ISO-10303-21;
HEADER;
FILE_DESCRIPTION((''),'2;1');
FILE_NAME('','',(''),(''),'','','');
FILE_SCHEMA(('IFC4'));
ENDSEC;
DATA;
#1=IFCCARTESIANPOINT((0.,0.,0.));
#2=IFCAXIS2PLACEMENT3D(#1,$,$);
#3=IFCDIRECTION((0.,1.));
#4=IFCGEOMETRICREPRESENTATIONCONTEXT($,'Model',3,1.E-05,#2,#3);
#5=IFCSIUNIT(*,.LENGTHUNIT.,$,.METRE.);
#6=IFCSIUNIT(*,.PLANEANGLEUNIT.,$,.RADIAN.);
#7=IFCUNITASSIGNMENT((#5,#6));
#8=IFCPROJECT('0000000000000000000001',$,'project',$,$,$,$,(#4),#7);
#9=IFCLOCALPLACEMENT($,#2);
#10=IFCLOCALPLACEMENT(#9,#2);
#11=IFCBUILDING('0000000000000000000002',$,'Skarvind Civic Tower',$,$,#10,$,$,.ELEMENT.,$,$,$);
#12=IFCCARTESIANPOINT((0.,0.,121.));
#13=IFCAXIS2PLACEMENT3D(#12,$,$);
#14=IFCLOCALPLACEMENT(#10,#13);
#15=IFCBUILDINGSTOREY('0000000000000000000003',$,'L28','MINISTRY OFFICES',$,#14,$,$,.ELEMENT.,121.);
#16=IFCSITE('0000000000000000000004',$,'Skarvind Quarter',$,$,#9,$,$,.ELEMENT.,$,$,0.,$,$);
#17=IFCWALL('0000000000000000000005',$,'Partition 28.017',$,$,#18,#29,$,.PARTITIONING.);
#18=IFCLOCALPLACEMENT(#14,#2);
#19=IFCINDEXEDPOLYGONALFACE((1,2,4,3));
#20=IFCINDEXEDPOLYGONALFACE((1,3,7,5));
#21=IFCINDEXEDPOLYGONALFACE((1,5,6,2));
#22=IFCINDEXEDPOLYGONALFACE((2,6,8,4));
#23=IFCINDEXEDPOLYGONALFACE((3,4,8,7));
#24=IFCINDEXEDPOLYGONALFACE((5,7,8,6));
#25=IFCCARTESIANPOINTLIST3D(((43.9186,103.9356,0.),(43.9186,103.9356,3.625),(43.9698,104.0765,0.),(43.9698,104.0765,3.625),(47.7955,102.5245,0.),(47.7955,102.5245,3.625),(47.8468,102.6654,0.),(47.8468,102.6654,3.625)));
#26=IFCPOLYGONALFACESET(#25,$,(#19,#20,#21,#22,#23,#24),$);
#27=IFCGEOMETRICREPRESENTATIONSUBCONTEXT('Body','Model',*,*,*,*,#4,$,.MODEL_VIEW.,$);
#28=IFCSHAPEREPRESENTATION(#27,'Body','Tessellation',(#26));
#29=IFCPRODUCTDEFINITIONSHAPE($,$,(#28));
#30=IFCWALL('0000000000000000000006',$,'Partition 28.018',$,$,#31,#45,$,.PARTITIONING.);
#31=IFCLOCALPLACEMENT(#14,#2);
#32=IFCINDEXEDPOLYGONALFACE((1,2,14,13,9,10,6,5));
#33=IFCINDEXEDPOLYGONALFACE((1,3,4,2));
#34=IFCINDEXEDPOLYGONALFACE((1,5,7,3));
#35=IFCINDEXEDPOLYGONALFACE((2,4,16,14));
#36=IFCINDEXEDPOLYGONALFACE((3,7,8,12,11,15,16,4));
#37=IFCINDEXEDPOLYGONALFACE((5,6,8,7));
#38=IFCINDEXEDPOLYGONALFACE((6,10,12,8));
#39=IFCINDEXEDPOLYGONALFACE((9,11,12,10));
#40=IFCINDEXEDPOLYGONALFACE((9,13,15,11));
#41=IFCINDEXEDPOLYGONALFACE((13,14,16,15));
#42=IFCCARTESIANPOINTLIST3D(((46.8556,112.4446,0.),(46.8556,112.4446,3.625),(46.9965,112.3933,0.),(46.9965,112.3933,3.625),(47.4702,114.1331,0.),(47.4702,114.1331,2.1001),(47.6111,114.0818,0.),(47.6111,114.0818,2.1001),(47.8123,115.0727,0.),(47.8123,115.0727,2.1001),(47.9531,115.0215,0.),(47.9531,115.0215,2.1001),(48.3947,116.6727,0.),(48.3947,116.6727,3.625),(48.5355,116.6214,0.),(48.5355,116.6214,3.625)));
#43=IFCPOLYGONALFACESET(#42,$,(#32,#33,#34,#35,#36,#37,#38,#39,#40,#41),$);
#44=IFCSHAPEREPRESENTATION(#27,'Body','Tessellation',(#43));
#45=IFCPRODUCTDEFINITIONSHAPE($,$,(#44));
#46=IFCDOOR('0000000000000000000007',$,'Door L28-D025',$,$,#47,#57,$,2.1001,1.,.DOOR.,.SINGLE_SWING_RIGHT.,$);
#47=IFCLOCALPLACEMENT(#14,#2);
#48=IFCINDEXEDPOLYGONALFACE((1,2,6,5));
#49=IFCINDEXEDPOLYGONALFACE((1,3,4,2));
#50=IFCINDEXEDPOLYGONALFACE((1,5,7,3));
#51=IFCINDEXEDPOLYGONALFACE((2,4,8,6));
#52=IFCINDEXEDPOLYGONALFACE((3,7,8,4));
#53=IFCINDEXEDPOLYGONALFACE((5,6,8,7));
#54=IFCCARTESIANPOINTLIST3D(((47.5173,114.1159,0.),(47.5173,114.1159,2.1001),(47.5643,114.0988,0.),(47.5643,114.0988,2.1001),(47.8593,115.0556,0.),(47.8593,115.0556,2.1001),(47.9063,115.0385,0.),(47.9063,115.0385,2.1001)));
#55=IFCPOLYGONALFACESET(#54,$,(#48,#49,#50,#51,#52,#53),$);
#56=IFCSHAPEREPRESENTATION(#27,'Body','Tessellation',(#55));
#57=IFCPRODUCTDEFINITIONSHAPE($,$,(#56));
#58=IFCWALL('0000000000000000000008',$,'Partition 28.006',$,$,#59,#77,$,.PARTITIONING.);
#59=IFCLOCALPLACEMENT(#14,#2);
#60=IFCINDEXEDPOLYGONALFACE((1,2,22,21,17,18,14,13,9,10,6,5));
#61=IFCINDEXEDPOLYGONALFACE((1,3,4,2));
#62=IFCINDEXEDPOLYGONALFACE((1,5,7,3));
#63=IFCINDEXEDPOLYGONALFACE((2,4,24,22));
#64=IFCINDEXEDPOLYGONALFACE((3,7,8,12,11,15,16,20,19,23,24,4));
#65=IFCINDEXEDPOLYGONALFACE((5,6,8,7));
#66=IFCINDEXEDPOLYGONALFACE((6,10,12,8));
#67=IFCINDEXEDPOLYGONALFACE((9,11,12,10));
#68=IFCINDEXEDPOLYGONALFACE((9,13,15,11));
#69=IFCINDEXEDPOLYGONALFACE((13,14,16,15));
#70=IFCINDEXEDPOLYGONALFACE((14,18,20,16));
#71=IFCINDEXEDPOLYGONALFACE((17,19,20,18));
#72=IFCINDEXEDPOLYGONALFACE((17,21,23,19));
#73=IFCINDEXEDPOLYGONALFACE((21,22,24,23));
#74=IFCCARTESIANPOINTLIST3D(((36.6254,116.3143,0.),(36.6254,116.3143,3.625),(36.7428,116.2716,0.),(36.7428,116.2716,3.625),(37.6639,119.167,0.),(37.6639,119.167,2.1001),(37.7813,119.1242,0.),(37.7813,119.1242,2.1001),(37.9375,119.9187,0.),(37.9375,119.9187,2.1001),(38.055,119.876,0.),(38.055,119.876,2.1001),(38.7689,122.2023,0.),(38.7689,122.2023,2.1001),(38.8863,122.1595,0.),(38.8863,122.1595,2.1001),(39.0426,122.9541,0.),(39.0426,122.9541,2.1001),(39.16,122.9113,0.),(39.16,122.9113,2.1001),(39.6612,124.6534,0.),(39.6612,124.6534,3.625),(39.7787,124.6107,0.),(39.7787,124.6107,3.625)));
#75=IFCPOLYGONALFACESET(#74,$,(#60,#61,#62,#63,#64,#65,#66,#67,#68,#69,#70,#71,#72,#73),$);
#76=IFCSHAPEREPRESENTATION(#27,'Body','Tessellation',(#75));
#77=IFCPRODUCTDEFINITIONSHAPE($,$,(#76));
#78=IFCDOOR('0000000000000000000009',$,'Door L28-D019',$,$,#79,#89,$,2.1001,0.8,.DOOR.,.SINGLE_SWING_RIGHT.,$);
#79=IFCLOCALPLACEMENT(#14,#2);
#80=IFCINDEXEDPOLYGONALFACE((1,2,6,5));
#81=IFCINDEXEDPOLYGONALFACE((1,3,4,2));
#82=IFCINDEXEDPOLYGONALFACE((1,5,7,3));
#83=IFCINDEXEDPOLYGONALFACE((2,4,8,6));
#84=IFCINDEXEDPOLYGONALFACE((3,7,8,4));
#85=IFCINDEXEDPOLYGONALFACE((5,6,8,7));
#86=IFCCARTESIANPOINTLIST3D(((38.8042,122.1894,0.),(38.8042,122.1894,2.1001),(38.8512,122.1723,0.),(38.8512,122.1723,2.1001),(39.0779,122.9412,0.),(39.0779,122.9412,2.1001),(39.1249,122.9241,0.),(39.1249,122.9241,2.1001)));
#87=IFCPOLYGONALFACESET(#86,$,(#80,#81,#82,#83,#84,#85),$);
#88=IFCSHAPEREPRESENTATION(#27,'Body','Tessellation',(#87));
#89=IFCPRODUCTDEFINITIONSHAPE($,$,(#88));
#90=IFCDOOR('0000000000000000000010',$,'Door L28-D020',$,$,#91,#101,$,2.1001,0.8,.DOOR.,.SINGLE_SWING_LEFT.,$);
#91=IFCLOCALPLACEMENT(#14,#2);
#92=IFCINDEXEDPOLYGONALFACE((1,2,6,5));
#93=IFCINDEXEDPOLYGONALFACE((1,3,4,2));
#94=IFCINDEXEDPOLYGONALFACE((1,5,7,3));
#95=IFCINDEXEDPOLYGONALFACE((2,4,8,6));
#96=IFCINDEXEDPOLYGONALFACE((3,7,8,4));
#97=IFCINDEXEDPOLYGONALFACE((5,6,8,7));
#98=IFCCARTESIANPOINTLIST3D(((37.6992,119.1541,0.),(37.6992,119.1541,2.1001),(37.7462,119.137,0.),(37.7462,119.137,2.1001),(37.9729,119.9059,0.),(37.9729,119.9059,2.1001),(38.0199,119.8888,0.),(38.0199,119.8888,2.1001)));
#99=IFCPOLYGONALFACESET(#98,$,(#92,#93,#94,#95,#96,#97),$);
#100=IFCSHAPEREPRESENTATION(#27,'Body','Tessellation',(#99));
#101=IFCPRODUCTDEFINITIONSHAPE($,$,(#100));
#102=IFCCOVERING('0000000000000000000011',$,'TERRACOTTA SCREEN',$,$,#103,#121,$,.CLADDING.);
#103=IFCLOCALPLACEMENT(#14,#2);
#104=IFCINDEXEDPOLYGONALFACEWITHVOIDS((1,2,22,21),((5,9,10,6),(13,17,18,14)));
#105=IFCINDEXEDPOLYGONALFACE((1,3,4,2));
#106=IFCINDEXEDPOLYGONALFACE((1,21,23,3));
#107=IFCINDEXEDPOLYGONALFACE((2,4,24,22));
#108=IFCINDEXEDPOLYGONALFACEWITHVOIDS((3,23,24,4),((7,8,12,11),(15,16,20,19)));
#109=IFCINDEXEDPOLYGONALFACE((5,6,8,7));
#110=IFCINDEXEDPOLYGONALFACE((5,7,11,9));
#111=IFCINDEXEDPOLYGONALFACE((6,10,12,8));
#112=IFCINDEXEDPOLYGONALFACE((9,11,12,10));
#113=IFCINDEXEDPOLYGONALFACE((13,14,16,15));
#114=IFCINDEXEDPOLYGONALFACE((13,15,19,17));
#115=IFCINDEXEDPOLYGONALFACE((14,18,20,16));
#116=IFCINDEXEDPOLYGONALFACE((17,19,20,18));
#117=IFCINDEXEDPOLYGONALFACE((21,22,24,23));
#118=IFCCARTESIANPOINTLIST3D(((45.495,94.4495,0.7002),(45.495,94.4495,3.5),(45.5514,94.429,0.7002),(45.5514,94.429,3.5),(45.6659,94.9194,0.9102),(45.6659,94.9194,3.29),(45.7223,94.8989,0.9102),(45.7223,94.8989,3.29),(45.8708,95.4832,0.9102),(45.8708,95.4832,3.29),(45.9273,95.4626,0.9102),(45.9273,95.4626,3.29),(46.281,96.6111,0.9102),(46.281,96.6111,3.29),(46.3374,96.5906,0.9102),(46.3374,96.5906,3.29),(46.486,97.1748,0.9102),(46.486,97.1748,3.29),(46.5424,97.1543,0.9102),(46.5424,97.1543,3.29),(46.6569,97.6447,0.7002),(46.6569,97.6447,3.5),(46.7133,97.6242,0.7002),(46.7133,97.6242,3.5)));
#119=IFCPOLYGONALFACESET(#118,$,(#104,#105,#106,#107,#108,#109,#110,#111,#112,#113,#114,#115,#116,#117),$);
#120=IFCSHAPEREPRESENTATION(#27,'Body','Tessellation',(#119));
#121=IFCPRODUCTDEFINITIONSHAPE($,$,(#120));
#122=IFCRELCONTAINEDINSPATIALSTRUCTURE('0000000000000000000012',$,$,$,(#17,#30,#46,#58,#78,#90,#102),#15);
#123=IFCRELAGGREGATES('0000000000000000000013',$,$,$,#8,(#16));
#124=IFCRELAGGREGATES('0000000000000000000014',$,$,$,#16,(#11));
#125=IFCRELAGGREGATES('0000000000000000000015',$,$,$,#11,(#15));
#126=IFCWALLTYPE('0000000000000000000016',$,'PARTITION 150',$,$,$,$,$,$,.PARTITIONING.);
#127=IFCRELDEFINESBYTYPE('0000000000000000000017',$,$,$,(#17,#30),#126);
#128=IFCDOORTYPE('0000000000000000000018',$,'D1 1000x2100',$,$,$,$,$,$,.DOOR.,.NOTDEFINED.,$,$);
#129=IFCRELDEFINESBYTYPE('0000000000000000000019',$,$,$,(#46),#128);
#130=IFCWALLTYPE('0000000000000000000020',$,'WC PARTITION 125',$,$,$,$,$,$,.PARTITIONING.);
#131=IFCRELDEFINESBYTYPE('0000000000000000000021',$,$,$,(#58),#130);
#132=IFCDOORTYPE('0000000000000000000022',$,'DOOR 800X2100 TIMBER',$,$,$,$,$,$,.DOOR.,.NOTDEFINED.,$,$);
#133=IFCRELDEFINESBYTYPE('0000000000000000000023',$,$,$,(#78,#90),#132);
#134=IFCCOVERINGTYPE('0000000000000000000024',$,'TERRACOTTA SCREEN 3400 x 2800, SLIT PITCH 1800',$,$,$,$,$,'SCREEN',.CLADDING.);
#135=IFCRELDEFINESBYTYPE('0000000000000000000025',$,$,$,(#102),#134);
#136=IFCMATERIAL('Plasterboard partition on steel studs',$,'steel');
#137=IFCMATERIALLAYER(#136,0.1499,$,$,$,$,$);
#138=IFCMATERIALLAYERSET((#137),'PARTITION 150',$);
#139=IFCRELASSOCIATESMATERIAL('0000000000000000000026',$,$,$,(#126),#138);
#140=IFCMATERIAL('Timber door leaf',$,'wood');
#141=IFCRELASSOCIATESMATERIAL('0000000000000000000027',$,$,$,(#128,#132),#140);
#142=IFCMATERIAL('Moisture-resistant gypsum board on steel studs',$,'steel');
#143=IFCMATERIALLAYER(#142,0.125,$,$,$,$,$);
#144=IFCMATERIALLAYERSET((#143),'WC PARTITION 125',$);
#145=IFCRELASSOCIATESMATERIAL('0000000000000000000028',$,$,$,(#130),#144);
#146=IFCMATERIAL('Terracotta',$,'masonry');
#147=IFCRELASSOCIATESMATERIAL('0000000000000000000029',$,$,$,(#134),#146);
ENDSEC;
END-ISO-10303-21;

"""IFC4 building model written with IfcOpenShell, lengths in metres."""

from ifc_helpers import new_model, si_unit, direction, frame, frame_2d, origin, place, context, subcontext, project, spatial, polyline, rectangle, outline, extrude, material, layer, layer_set, material_profile, profile_set, type_object, element, fill, save


model = new_model("IFC4")

# Units and contexts
model_context = context("Model", 3, precision=1e-05, world=origin(), true_north=direction((0.0, 1.0)))
body_context = subcontext(model_context, "Body", "Model", "MODEL_VIEW")
ifc_project = project(units=[si_unit("LENGTHUNIT", "METRE"), si_unit("PLANEANGLEUNIT", "RADIAN")], contexts=[model_context])

# Site, building, storey
site_placement = place(None, origin())
site = spatial("IfcSite", under=ifc_project, at=site_placement, Name="Skarvind Quarter", CompositionType="ELEMENT", RefElevation=0.0)
building_placement = place(site_placement, origin())
building = spatial("IfcBuilding", under=site, at=building_placement, Name="Skarvind Civic Tower", CompositionType="ELEMENT")
storey_placement = place(building_placement, frame((0.0, 0.0, 121.0)))
storey = spatial("IfcBuildingStorey", under=building, at=storey_placement, Name="L28", Description="MINISTRY OFFICES", CompositionType="ELEMENT", Elevation=121.0)

# Shared definitions
ifc_material_1 = material(Name="Plasterboard partition on steel studs", Category="steel")
ifc_layer_1 = layer(ifc_material_1, 0.1499)
ifc_layer_set_1 = layer_set([ifc_layer_1], Name="PARTITION 150")
wall_type_1 = type_object("IfcWallType", Name="PARTITION 150", PredefinedType="PARTITIONING", material=ifc_layer_set_1)
ifc_material_2 = material(Name="Timber door leaf", Category="wood")
door_type_1 = type_object("IfcDoorType", Name="D1 1000x2100", OperationType="NOTDEFINED", PredefinedType="DOOR", material=ifc_material_2)

# Wall
wall_1_placement = place(storey_placement, frame((43.9441, 104.0061, 0.0), z_axis=(0.0, 0.0, 1.0), x_axis=(0.93969, -0.342028, 0.0)))
element("IfcWall", 1, at=wall_1_placement, inside=storey, type_object=wall_type_1, Name="Partition 28.017", PredefinedType="PARTITIONING", context=body_context, shape_type="SweptSolid", body=[
    extrude(rectangle(XDim=4.1257, YDim=0.1499, at=frame_2d((2.063, 0.0))), origin(), (0.0, 0.0, 1.0), 3.625),
])

# Wall, opening, door
wall_2_placement = place(storey_placement, frame((46.926, 112.4189, 0.0), z_axis=(0.0, 0.0, 1.0), x_axis=(0.342057, 0.939679, 0.0)))
wall_2 = element("IfcWall", 2, at=wall_2_placement, inside=storey, type_object=wall_type_1, Name="Partition 28.018", PredefinedType="PARTITIONING", context=body_context, shape_type="SweptSolid", body=[
    extrude(rectangle(XDim=4.4995, YDim=0.1499, at=frame_2d((2.2498, 0.0))), origin(), (0.0, 0.0, 1.0), 3.625),
])
opening_1_placement = place(wall_2_placement, frame((1.7969, 0.0, 0.0)))
opening_1 = element("IfcOpeningElement", 3, at=opening_1_placement, cuts=wall_2, PredefinedType="OPENING", context=body_context, shape_type="SweptSolid", body=[
    extrude(rectangle(XDim=1.0, YDim=2.1001, at=frame_2d((0.5, 1.05))), frame((0.0, 0.085, 0.0), z_axis=(0.0, -1.0, 0.0), x_axis=(1.0, 0.0, 0.0)), (0.0, 0.0, 1.0), 0.1699),
])
door_1_placement = place(opening_1_placement, origin())
door_1 = element("IfcDoor", 4, at=door_1_placement, inside=storey, type_object=door_type_1, Name="Door L28-D025", OperationType="SINGLE_SWING_RIGHT", OverallHeight=2.1001, OverallWidth=1.0, PredefinedType="DOOR", context=body_context, shape_type="SweptSolid", body=[
    extrude(rectangle(XDim=1.0, YDim=2.1001, at=frame_2d((0.5, 1.05))), frame((0.0, 0.0249, 0.0), z_axis=(0.0, -1.0, 0.0), x_axis=(1.0, 0.0, 0.0)), (0.0, 0.0, 1.0), 0.05),
])
fill(opening_1, door_1)

# Wall, openings, doors
ifc_material_3 = material(Name="Moisture-resistant gypsum board on steel studs", Category="steel")
ifc_layer_2 = layer(ifc_material_3, 0.125)
ifc_layer_set_2 = layer_set([ifc_layer_2], Name="WC PARTITION 125")
wall_type_2 = type_object("IfcWallType", Name="WC PARTITION 125", PredefinedType="PARTITIONING", material=ifc_layer_set_2)
wall_3_placement = place(storey_placement, frame((36.6841, 116.293, 0.0), z_axis=(0.0, 0.0, 1.0), x_axis=(0.34209, 0.939667, 0.0)))
wall_3 = element("IfcWall", 5, at=wall_3_placement, inside=storey, type_object=wall_type_2, Name="Partition 28.006", PredefinedType="PARTITIONING", context=body_context, shape_type="SweptSolid", body=[
    extrude(rectangle(XDim=8.8745, YDim=0.125, at=frame_2d((4.4373, 0.0))), origin(), (0.0, 0.0, 1.0), 3.625),
])
opening_2_placement = place(wall_3_placement, frame((6.2661, 0.0, 0.0)))
opening_2 = element("IfcOpeningElement", 6, at=opening_2_placement, cuts=wall_3, PredefinedType="OPENING", context=body_context, shape_type="SweptSolid", body=[
    extrude(rectangle(XDim=0.8, YDim=2.1001, at=frame_2d((0.3999, 1.05))), frame((0.0, 0.0725, 0.0), z_axis=(0.0, -1.0, 0.0), x_axis=(1.0, 0.0, 0.0)), (0.0, 0.0, 1.0), 0.145),
])
opening_3_placement = place(wall_3_placement, frame((3.0359, 0.0, 0.0)))
opening_3 = element("IfcOpeningElement", 7, at=opening_3_placement, cuts=wall_3, PredefinedType="OPENING", context=body_context, shape_type="SweptSolid", body=[
    extrude(rectangle(XDim=0.8, YDim=2.1001, at=frame_2d((0.3999, 1.05))), frame((0.0, 0.0725, 0.0), z_axis=(0.0, -1.0, 0.0), x_axis=(1.0, 0.0, 0.0)), (0.0, 0.0, 1.0), 0.145),
])
door_type_2 = type_object("IfcDoorType", Name="DOOR 800X2100 TIMBER", OperationType="NOTDEFINED", PredefinedType="DOOR", material=ifc_material_2)
door_2_placement = place(opening_2_placement, origin())
door_2 = element("IfcDoor", 8, at=door_2_placement, inside=storey, type_object=door_type_2, Name="Door L28-D019", OperationType="SINGLE_SWING_RIGHT", OverallHeight=2.1001, OverallWidth=0.8, PredefinedType="DOOR", context=body_context, shape_type="SweptSolid", body=[
    extrude(rectangle(XDim=0.8, YDim=2.1001, at=frame_2d((0.3999, 1.05))), frame((0.0, 0.0249, 0.0), z_axis=(0.0, -1.0, 0.0), x_axis=(1.0, 0.0, 0.0)), (0.0, 0.0, 1.0), 0.05),
])
fill(opening_2, door_2)
door_3_placement = place(opening_3_placement, origin())
door_3 = element("IfcDoor", 9, at=door_3_placement, inside=storey, type_object=door_type_2, Name="Door L28-D020", OperationType="SINGLE_SWING_LEFT", OverallHeight=2.1001, OverallWidth=0.8, PredefinedType="DOOR", context=body_context, shape_type="SweptSolid", body=[
    extrude(rectangle(XDim=0.8, YDim=2.1001, at=frame_2d((0.3999, 1.05))), frame((0.0, 0.0249, 0.0), z_axis=(0.0, -1.0, 0.0), x_axis=(1.0, 0.0, 0.0)), (0.0, 0.0, 1.0), 0.05),
])
fill(opening_3, door_3)

# Covering
ifc_material_4 = material(Name="Terracotta", Category="masonry")
ifc_material_profile_1 = material_profile(ifc_material_4, outline(polyline([(-1.7, -1.3999), (1.7, -1.3999), (1.7, 1.3999), (-1.7, 1.3999), (-1.7, -1.3999)]), holes=[polyline([(-1.2, -1.1899), (-0.6001, -1.1899), (-0.6001, 1.1899), (-1.2, 1.1899), (-1.2, -1.1899)]), polyline([(0.6001, -1.1899), (1.2, -1.1899), (1.2, 1.1899), (0.6001, 1.1899), (0.6001, -1.1899)])]), Name="TERRACOTTA SCREEN 3400 x 2800, SLIT PITCH 1800")
ifc_profile_set_1 = profile_set([ifc_material_profile_1], Name="Terracotta")
covering_type = type_object("IfcCoveringType", Name="TERRACOTTA SCREEN 3400 x 2800, SLIT PITCH 1800", ElementType="SCREEN", PredefinedType="CLADDING", material=ifc_profile_set_1)
covering_placement = place(storey_placement, frame((46.0759, 96.0471, 2.1001), z_axis=(0.939793, -0.341743, 0.0), x_axis=(0.341743, 0.939793, 0.0)))
element("IfcCovering", 10, at=covering_placement, inside=storey, type_object=covering_type, Name="TERRACOTTA SCREEN", PredefinedType="CLADDING", context=body_context, shape_type="SweptSolid", body=[
    extrude(outline(polyline([(-1.7, -1.3999), (1.7, -1.3999), (1.7, 1.3999), (-1.7, 1.3999), (-1.7, -1.3999)]), holes=[polyline([(-1.2, -1.1899), (-0.6001, -1.1899), (-0.6001, 1.1899), (-1.2, 1.1899), (-1.2, -1.1899)]), polyline([(0.6001, -1.1899), (1.2, -1.1899), (1.2, 1.1899), (0.6001, 1.1899), (0.6001, -1.1899)])]), origin(), (0.0, 0.0, 1.0), 0.0601),
])

save(model, "model.ifc")
